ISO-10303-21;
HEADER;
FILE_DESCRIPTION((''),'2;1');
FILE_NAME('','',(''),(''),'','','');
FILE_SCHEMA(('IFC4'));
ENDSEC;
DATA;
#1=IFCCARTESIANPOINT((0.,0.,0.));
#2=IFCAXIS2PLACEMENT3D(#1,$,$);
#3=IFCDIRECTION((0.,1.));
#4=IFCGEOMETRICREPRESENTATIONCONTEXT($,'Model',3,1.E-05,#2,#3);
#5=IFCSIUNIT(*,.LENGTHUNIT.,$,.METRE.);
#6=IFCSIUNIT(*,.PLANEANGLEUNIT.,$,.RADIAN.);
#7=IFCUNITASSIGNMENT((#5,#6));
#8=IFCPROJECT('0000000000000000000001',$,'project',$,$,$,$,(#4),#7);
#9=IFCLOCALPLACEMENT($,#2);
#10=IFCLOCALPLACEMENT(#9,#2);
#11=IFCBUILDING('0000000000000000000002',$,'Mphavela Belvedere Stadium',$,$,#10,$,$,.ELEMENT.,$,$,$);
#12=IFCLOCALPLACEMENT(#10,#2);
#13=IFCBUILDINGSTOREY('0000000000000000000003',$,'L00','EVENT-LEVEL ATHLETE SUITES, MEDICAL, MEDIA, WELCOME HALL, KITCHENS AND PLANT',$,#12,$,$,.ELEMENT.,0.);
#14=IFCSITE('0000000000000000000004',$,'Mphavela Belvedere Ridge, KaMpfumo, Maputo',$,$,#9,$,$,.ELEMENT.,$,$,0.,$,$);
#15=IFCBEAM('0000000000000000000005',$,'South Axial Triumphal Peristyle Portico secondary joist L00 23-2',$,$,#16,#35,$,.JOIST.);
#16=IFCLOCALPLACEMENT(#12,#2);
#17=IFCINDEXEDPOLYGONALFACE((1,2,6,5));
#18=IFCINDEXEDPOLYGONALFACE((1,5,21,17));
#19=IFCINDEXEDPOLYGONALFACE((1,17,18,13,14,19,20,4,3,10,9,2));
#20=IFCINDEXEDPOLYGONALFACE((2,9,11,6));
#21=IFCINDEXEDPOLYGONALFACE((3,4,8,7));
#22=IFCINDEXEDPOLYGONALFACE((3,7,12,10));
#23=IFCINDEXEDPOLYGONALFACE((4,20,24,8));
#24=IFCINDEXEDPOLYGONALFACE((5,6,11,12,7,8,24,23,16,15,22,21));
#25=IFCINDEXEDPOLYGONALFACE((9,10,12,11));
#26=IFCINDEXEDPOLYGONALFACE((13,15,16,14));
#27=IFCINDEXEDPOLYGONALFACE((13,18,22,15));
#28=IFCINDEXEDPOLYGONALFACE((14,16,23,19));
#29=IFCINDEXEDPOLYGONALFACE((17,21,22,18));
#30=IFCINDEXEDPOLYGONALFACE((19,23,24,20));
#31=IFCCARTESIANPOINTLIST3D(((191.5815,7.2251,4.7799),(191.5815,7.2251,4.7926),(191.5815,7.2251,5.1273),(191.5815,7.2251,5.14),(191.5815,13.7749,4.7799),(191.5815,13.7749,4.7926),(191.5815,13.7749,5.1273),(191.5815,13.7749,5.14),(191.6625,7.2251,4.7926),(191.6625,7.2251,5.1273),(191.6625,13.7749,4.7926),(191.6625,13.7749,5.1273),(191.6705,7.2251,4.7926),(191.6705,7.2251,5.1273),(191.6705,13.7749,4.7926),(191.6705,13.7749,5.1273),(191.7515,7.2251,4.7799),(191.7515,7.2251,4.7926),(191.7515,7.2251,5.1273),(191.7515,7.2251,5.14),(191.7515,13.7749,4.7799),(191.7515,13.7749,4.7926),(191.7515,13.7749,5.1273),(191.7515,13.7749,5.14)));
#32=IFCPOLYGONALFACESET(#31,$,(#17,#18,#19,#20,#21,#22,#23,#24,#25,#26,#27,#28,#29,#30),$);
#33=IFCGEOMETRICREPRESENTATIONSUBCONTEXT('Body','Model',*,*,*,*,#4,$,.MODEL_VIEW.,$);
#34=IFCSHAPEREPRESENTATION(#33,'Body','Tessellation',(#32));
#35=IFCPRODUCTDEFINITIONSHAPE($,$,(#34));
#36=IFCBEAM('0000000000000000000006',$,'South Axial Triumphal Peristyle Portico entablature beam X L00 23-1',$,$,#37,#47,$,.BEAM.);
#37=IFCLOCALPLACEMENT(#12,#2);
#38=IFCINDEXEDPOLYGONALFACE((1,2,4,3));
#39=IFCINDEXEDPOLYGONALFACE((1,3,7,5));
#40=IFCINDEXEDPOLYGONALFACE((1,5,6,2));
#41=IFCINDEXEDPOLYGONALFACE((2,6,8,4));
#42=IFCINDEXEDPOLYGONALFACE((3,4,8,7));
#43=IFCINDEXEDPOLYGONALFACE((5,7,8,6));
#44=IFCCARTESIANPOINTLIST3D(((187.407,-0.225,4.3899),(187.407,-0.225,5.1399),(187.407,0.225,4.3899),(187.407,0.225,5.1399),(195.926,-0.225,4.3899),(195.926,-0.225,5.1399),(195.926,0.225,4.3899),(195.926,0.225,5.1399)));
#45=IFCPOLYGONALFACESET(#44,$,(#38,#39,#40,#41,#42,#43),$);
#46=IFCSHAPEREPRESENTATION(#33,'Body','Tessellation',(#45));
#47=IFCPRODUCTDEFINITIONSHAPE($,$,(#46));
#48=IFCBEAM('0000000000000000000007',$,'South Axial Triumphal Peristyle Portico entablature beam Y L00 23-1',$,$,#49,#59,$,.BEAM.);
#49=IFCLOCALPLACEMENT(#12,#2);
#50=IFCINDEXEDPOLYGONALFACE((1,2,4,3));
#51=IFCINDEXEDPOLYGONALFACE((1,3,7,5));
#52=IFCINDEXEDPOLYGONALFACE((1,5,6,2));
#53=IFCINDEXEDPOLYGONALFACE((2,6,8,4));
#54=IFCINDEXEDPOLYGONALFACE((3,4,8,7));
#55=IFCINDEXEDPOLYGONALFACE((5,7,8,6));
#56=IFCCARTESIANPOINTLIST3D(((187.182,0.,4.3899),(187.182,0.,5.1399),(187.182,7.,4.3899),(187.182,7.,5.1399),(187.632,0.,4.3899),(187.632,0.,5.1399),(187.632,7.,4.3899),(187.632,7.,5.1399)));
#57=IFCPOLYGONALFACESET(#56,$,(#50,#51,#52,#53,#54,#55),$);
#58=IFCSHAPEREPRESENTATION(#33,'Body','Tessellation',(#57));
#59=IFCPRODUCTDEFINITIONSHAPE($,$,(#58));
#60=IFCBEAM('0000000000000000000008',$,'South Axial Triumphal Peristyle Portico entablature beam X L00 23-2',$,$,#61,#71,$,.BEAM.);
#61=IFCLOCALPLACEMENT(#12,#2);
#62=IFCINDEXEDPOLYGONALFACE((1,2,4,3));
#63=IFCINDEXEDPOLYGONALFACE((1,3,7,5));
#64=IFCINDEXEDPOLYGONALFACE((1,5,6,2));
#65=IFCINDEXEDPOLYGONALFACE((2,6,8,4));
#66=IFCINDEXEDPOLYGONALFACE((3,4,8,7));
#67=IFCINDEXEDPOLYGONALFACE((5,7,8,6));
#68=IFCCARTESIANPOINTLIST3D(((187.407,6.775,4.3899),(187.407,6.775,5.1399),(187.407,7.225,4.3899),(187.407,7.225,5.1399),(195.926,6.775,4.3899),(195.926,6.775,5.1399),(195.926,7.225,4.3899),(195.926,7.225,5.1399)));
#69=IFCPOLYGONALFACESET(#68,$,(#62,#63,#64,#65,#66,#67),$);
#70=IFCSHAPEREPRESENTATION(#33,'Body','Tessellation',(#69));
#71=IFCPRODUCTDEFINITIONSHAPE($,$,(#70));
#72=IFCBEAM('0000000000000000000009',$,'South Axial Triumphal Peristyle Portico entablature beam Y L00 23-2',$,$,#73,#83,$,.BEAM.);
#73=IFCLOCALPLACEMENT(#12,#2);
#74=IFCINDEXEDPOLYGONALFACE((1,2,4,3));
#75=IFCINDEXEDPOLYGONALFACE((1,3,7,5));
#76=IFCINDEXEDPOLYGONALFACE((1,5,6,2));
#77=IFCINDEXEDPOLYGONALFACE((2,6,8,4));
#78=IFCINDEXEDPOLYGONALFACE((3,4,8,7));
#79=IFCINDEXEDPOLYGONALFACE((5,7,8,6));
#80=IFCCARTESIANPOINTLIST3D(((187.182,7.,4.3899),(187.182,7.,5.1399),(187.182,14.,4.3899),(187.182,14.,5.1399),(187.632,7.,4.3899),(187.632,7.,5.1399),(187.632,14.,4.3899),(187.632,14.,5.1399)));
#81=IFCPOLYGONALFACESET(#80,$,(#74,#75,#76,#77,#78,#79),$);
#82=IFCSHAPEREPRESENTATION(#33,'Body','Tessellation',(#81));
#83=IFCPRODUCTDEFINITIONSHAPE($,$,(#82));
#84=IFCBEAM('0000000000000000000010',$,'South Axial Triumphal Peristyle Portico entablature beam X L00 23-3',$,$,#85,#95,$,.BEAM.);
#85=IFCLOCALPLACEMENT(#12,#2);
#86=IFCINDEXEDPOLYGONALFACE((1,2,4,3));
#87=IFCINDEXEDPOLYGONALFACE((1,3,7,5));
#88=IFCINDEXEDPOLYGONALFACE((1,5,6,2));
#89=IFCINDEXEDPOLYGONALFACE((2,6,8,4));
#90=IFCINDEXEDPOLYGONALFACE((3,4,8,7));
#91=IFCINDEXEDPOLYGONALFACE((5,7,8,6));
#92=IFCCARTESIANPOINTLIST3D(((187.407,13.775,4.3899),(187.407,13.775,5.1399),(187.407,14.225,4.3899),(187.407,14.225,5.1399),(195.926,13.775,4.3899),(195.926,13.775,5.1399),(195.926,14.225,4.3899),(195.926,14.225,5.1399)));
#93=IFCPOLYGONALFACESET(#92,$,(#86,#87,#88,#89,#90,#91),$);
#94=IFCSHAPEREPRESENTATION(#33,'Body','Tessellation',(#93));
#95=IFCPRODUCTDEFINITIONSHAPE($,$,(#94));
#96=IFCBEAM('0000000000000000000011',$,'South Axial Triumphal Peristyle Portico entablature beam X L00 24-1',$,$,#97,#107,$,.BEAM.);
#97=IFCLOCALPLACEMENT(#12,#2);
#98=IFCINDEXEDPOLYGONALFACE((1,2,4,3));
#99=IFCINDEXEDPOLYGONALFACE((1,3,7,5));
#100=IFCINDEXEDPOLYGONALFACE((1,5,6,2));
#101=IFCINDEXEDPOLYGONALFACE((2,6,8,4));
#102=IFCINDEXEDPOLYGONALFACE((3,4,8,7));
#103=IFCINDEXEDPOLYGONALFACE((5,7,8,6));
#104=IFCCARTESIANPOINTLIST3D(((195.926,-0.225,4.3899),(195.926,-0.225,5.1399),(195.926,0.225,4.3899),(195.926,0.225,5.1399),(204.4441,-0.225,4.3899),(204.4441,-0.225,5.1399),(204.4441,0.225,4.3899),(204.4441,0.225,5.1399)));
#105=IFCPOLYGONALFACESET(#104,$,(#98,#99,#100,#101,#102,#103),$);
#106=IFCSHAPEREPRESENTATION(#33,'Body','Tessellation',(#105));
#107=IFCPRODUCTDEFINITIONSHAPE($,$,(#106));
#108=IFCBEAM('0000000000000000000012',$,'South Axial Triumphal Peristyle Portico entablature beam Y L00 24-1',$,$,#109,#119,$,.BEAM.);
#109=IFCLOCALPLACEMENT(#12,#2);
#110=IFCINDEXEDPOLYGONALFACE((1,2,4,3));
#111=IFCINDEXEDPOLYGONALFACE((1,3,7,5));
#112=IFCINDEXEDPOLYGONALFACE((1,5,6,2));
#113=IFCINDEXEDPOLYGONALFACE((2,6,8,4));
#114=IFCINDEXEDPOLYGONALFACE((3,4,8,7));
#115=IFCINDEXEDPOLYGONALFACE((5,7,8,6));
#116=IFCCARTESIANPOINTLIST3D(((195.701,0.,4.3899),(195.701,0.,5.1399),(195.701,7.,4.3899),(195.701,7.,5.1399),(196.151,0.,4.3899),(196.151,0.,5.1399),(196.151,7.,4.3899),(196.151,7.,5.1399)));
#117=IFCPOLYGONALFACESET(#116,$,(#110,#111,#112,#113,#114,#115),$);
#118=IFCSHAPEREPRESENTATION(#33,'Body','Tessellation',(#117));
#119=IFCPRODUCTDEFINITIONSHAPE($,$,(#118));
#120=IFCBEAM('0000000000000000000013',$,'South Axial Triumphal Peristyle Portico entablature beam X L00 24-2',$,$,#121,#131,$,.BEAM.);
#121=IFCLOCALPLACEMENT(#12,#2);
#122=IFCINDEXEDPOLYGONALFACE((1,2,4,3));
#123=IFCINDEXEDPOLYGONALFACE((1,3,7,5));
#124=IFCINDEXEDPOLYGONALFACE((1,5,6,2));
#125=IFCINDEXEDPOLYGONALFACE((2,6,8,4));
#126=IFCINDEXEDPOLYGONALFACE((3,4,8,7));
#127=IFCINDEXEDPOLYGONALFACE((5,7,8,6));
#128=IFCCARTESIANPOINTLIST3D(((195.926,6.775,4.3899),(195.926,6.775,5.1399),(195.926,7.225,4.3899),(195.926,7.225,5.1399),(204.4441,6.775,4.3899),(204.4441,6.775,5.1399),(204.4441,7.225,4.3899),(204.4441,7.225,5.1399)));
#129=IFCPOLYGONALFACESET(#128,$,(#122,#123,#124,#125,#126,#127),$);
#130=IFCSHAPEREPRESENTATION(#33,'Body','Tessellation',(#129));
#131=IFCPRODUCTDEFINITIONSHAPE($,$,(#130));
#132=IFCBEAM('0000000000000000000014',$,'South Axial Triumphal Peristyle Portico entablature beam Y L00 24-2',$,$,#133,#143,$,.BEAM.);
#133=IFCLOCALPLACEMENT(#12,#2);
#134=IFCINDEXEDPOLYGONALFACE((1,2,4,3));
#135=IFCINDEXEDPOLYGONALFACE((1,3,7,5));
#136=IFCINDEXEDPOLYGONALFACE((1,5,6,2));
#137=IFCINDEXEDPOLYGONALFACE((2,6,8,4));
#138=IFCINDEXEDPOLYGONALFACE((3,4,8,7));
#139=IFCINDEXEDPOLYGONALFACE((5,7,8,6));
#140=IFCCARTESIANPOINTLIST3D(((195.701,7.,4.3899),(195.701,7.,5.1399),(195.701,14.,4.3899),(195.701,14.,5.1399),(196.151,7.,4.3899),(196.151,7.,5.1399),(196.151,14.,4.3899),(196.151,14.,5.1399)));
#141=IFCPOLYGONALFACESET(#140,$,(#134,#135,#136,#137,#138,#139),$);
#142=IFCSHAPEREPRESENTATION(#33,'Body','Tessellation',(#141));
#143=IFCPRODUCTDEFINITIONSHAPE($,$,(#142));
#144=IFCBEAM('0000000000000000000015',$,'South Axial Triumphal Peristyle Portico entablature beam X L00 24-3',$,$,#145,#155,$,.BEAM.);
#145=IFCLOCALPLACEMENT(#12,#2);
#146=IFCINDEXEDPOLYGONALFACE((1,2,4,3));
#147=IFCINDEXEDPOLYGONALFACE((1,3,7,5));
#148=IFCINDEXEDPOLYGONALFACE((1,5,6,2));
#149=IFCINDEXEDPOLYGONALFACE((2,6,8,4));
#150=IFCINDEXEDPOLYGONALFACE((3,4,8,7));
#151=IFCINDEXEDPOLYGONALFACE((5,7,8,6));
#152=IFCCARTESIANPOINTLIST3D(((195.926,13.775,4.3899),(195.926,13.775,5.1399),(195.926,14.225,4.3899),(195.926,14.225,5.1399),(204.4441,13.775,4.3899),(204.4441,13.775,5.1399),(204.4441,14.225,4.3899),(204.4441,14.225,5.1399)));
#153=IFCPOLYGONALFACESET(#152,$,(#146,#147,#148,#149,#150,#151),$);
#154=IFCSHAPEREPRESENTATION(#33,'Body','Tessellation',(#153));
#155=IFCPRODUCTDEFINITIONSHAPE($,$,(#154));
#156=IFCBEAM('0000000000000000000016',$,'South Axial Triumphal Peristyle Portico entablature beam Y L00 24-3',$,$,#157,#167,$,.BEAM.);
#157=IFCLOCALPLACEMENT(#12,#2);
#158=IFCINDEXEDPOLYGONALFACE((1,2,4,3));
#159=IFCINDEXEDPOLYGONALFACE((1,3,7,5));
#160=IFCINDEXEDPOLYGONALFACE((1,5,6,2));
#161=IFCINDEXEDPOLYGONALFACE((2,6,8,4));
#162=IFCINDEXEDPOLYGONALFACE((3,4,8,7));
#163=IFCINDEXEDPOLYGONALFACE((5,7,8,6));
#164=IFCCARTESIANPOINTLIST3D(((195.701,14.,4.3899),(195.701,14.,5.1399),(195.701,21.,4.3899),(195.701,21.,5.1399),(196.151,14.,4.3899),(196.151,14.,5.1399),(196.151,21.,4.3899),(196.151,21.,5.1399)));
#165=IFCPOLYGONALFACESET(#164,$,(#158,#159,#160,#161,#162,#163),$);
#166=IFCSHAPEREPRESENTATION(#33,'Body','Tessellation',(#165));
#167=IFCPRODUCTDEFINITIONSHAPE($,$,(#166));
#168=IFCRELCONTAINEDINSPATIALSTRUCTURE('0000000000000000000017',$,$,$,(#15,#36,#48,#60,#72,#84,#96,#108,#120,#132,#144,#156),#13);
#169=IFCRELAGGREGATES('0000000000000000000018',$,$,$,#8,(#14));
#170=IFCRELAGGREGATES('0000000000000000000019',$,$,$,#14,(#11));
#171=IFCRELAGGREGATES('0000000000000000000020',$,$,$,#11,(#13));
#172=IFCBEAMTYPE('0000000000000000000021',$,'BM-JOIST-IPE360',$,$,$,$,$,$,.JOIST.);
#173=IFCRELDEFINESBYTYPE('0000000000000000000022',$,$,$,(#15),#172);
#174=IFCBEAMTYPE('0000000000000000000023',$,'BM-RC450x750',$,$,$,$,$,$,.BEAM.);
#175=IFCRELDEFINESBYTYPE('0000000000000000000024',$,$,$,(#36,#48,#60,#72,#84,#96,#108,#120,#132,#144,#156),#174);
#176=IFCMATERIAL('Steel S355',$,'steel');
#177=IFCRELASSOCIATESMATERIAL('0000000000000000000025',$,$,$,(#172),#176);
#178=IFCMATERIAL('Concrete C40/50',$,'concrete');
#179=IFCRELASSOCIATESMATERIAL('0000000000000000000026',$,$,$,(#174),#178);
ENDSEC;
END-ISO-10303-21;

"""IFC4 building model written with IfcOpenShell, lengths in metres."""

from ifc_helpers import new_model, si_unit, direction, frame, origin, origin_2d, place, context, subcontext, project, spatial, rectangle, i_section, extrude, material, material_profile, profile_set, type_object, element, save


model = new_model("IFC4")

# Units and contexts
model_context = context("Model", 3, precision=1e-05, world=origin(), true_north=direction((0.0, 1.0)))
body_context = subcontext(model_context, "Body", "Model", "MODEL_VIEW")
ifc_project = project(units=[si_unit("LENGTHUNIT", "METRE"), si_unit("PLANEANGLEUNIT", "RADIAN")], contexts=[model_context])

# Site, building, storey
site_placement = place(None, origin())
site = spatial("IfcSite", under=ifc_project, at=site_placement, Name="Mphavela Belvedere Ridge, KaMpfumo, Maputo", CompositionType="ELEMENT", RefElevation=0.0)
building_placement = place(site_placement, origin())
building = spatial("IfcBuilding", under=site, at=building_placement, Name="Mphavela Belvedere Stadium", CompositionType="ELEMENT")
storey_placement = place(building_placement, origin())
storey = spatial("IfcBuildingStorey", under=building, at=storey_placement, Name="L00", Description="EVENT-LEVEL ATHLETE SUITES, MEDICAL, MEDIA, WELCOME HALL, KITCHENS AND PLANT", CompositionType="ELEMENT", Elevation=0.0)

# Beams
ifc_material_1 = material(Name="Steel S355", Category="steel")
ifc_material_profile_1 = material_profile(ifc_material_1, i_section(OverallWidth=0.1699, OverallDepth=0.3601, WebThickness=0.0081, FlangeThickness=0.0127, at=origin_2d()), Name="IPE 360")
ifc_profile_set_1 = profile_set([ifc_material_profile_1], Name="Steel S355")
beam_type_1 = type_object("IfcBeamType", Name="BM-JOIST-IPE360", PredefinedType="JOIST", material=ifc_profile_set_1)
for number, where, z_axis, x_axis, name in (
    (1, (191.6665, 7.2251, 4.96), (0.0, 1.0, 0.0), (-1.0, 0.0, 0.0), "South Axial Triumphal Peristyle Portico secondary joist L00 23-2"),
):
    element("IfcBeam", number, at=place(storey_placement, frame(where, z_axis=z_axis, x_axis=x_axis)), inside=storey, type_object=beam_type_1, Name=name, PredefinedType="JOIST", context=body_context, shape_type="SweptSolid", body=[
        extrude(i_section(OverallWidth=0.1699, OverallDepth=0.3601, WebThickness=0.0081, FlangeThickness=0.0127, at=origin_2d()), origin(), (0.0, 0.0, 1.0), 6.5498),
    ])
ifc_material_2 = material(Name="Concrete C40/50", Category="concrete")
ifc_material_profile_2 = material_profile(ifc_material_2, rectangle(XDim=0.45, YDim=0.75, at=origin_2d()), Name="RC 450x750")
ifc_profile_set_2 = profile_set([ifc_material_profile_2], Name="Concrete C40/50")
beam_type_2 = type_object("IfcBeamType", Name="BM-RC450x750", PredefinedType="BEAM", material=ifc_profile_set_2)
beam_1_placement = place(storey_placement, frame((187.407, 0.0, 4.7649), z_axis=(1.0, 0.0, 0.0), x_axis=(0.0, 1.0, 0.0)))
element("IfcBeam", 2, at=beam_1_placement, inside=storey, type_object=beam_type_2, Name="South Axial Triumphal Peristyle Portico entablature beam X L00 23-1", PredefinedType="BEAM", context=body_context, shape_type="SweptSolid", body=[
    extrude(rectangle(XDim=0.45, YDim=0.75, at=origin_2d()), origin(), (0.0, 0.0, 1.0), 8.519),
])
beam_2_placement = place(storey_placement, frame((187.407, 0.0, 4.7649), z_axis=(0.0, 1.0, 0.0), x_axis=(-1.0, 0.0, 0.0)))
element("IfcBeam", 3, at=beam_2_placement, inside=storey, type_object=beam_type_2, Name="South Axial Triumphal Peristyle Portico entablature beam Y L00 23-1", PredefinedType="BEAM", context=body_context, shape_type="SweptSolid", body=[
    extrude(rectangle(XDim=0.45, YDim=0.75, at=origin_2d()), origin(), (0.0, 0.0, 1.0), 7.0),
])
beam_3_placement = place(storey_placement, frame((187.407, 7.0, 4.7649), z_axis=(1.0, 0.0, 0.0), x_axis=(0.0, 1.0, 0.0)))
element("IfcBeam", 4, at=beam_3_placement, inside=storey, type_object=beam_type_2, Name="South Axial Triumphal Peristyle Portico entablature beam X L00 23-2", PredefinedType="BEAM", context=body_context, shape_type="SweptSolid", body=[
    extrude(rectangle(XDim=0.45, YDim=0.75, at=origin_2d()), origin(), (0.0, 0.0, 1.0), 8.519),
])
beam_4_placement = place(storey_placement, frame((187.407, 7.0, 4.7649), z_axis=(0.0, 1.0, 0.0), x_axis=(-1.0, 0.0, 0.0)))
element("IfcBeam", 5, at=beam_4_placement, inside=storey, type_object=beam_type_2, Name="South Axial Triumphal Peristyle Portico entablature beam Y L00 23-2", PredefinedType="BEAM", context=body_context, shape_type="SweptSolid", body=[
    extrude(rectangle(XDim=0.45, YDim=0.75, at=origin_2d()), origin(), (0.0, 0.0, 1.0), 7.0),
])
beam_5_placement = place(storey_placement, frame((187.407, 14.0, 4.7649), z_axis=(1.0, 0.0, 0.0), x_axis=(0.0, 1.0, 0.0)))
element("IfcBeam", 6, at=beam_5_placement, inside=storey, type_object=beam_type_2, Name="South Axial Triumphal Peristyle Portico entablature beam X L00 23-3", PredefinedType="BEAM", context=body_context, shape_type="SweptSolid", body=[
    extrude(rectangle(XDim=0.45, YDim=0.75, at=origin_2d()), origin(), (0.0, 0.0, 1.0), 8.519),
])
beam_6_placement = place(storey_placement, frame((195.926, 0.0, 4.7649), z_axis=(1.0, 0.0, 0.0), x_axis=(0.0, 1.0, 0.0)))
element("IfcBeam", 7, at=beam_6_placement, inside=storey, type_object=beam_type_2, Name="South Axial Triumphal Peristyle Portico entablature beam X L00 24-1", PredefinedType="BEAM", context=body_context, shape_type="SweptSolid", body=[
    extrude(rectangle(XDim=0.45, YDim=0.75, at=origin_2d()), origin(), (0.0, 0.0, 1.0), 8.5181),
])
beam_7_placement = place(storey_placement, frame((195.926, 0.0, 4.7649), z_axis=(0.0, 1.0, 0.0), x_axis=(-1.0, 0.0, 0.0)))
element("IfcBeam", 8, at=beam_7_placement, inside=storey, type_object=beam_type_2, Name="South Axial Triumphal Peristyle Portico entablature beam Y L00 24-1", PredefinedType="BEAM", context=body_context, shape_type="SweptSolid", body=[
    extrude(rectangle(XDim=0.45, YDim=0.75, at=origin_2d()), origin(), (0.0, 0.0, 1.0), 7.0),
])
beam_8_placement = place(storey_placement, frame((195.926, 7.0, 4.7649), z_axis=(1.0, 0.0, 0.0), x_axis=(0.0, 1.0, 0.0)))
element("IfcBeam", 9, at=beam_8_placement, inside=storey, type_object=beam_type_2, Name="South Axial Triumphal Peristyle Portico entablature beam X L00 24-2", PredefinedType="BEAM", context=body_context, shape_type="SweptSolid", body=[
    extrude(rectangle(XDim=0.45, YDim=0.75, at=origin_2d()), origin(), (0.0, 0.0, 1.0), 8.5181),
])
beam_9_placement = place(storey_placement, frame((195.926, 7.0, 4.7649), z_axis=(0.0, 1.0, 0.0), x_axis=(-1.0, 0.0, 0.0)))
element("IfcBeam", 10, at=beam_9_placement, inside=storey, type_object=beam_type_2, Name="South Axial Triumphal Peristyle Portico entablature beam Y L00 24-2", PredefinedType="BEAM", context=body_context, shape_type="SweptSolid", body=[
    extrude(rectangle(XDim=0.45, YDim=0.75, at=origin_2d()), origin(), (0.0, 0.0, 1.0), 7.0),
])
beam_10_placement = place(storey_placement, frame((195.926, 14.0, 4.7649), z_axis=(1.0, 0.0, 0.0), x_axis=(0.0, 1.0, 0.0)))
element("IfcBeam", 11, at=beam_10_placement, inside=storey, type_object=beam_type_2, Name="South Axial Triumphal Peristyle Portico entablature beam X L00 24-3", PredefinedType="BEAM", context=body_context, shape_type="SweptSolid", body=[
    extrude(rectangle(XDim=0.45, YDim=0.75, at=origin_2d()), origin(), (0.0, 0.0, 1.0), 8.5181),
])
beam_11_placement = place(storey_placement, frame((195.926, 14.0, 4.7649), z_axis=(0.0, 1.0, 0.0), x_axis=(-1.0, 0.0, 0.0)))
element("IfcBeam", 12, at=beam_11_placement, inside=storey, type_object=beam_type_2, Name="South Axial Triumphal Peristyle Portico entablature beam Y L00 24-3", PredefinedType="BEAM", context=body_context, shape_type="SweptSolid", body=[
    extrude(rectangle(XDim=0.45, YDim=0.75, at=origin_2d()), origin(), (0.0, 0.0, 1.0), 7.0),
])

save(model, "model.ifc")
